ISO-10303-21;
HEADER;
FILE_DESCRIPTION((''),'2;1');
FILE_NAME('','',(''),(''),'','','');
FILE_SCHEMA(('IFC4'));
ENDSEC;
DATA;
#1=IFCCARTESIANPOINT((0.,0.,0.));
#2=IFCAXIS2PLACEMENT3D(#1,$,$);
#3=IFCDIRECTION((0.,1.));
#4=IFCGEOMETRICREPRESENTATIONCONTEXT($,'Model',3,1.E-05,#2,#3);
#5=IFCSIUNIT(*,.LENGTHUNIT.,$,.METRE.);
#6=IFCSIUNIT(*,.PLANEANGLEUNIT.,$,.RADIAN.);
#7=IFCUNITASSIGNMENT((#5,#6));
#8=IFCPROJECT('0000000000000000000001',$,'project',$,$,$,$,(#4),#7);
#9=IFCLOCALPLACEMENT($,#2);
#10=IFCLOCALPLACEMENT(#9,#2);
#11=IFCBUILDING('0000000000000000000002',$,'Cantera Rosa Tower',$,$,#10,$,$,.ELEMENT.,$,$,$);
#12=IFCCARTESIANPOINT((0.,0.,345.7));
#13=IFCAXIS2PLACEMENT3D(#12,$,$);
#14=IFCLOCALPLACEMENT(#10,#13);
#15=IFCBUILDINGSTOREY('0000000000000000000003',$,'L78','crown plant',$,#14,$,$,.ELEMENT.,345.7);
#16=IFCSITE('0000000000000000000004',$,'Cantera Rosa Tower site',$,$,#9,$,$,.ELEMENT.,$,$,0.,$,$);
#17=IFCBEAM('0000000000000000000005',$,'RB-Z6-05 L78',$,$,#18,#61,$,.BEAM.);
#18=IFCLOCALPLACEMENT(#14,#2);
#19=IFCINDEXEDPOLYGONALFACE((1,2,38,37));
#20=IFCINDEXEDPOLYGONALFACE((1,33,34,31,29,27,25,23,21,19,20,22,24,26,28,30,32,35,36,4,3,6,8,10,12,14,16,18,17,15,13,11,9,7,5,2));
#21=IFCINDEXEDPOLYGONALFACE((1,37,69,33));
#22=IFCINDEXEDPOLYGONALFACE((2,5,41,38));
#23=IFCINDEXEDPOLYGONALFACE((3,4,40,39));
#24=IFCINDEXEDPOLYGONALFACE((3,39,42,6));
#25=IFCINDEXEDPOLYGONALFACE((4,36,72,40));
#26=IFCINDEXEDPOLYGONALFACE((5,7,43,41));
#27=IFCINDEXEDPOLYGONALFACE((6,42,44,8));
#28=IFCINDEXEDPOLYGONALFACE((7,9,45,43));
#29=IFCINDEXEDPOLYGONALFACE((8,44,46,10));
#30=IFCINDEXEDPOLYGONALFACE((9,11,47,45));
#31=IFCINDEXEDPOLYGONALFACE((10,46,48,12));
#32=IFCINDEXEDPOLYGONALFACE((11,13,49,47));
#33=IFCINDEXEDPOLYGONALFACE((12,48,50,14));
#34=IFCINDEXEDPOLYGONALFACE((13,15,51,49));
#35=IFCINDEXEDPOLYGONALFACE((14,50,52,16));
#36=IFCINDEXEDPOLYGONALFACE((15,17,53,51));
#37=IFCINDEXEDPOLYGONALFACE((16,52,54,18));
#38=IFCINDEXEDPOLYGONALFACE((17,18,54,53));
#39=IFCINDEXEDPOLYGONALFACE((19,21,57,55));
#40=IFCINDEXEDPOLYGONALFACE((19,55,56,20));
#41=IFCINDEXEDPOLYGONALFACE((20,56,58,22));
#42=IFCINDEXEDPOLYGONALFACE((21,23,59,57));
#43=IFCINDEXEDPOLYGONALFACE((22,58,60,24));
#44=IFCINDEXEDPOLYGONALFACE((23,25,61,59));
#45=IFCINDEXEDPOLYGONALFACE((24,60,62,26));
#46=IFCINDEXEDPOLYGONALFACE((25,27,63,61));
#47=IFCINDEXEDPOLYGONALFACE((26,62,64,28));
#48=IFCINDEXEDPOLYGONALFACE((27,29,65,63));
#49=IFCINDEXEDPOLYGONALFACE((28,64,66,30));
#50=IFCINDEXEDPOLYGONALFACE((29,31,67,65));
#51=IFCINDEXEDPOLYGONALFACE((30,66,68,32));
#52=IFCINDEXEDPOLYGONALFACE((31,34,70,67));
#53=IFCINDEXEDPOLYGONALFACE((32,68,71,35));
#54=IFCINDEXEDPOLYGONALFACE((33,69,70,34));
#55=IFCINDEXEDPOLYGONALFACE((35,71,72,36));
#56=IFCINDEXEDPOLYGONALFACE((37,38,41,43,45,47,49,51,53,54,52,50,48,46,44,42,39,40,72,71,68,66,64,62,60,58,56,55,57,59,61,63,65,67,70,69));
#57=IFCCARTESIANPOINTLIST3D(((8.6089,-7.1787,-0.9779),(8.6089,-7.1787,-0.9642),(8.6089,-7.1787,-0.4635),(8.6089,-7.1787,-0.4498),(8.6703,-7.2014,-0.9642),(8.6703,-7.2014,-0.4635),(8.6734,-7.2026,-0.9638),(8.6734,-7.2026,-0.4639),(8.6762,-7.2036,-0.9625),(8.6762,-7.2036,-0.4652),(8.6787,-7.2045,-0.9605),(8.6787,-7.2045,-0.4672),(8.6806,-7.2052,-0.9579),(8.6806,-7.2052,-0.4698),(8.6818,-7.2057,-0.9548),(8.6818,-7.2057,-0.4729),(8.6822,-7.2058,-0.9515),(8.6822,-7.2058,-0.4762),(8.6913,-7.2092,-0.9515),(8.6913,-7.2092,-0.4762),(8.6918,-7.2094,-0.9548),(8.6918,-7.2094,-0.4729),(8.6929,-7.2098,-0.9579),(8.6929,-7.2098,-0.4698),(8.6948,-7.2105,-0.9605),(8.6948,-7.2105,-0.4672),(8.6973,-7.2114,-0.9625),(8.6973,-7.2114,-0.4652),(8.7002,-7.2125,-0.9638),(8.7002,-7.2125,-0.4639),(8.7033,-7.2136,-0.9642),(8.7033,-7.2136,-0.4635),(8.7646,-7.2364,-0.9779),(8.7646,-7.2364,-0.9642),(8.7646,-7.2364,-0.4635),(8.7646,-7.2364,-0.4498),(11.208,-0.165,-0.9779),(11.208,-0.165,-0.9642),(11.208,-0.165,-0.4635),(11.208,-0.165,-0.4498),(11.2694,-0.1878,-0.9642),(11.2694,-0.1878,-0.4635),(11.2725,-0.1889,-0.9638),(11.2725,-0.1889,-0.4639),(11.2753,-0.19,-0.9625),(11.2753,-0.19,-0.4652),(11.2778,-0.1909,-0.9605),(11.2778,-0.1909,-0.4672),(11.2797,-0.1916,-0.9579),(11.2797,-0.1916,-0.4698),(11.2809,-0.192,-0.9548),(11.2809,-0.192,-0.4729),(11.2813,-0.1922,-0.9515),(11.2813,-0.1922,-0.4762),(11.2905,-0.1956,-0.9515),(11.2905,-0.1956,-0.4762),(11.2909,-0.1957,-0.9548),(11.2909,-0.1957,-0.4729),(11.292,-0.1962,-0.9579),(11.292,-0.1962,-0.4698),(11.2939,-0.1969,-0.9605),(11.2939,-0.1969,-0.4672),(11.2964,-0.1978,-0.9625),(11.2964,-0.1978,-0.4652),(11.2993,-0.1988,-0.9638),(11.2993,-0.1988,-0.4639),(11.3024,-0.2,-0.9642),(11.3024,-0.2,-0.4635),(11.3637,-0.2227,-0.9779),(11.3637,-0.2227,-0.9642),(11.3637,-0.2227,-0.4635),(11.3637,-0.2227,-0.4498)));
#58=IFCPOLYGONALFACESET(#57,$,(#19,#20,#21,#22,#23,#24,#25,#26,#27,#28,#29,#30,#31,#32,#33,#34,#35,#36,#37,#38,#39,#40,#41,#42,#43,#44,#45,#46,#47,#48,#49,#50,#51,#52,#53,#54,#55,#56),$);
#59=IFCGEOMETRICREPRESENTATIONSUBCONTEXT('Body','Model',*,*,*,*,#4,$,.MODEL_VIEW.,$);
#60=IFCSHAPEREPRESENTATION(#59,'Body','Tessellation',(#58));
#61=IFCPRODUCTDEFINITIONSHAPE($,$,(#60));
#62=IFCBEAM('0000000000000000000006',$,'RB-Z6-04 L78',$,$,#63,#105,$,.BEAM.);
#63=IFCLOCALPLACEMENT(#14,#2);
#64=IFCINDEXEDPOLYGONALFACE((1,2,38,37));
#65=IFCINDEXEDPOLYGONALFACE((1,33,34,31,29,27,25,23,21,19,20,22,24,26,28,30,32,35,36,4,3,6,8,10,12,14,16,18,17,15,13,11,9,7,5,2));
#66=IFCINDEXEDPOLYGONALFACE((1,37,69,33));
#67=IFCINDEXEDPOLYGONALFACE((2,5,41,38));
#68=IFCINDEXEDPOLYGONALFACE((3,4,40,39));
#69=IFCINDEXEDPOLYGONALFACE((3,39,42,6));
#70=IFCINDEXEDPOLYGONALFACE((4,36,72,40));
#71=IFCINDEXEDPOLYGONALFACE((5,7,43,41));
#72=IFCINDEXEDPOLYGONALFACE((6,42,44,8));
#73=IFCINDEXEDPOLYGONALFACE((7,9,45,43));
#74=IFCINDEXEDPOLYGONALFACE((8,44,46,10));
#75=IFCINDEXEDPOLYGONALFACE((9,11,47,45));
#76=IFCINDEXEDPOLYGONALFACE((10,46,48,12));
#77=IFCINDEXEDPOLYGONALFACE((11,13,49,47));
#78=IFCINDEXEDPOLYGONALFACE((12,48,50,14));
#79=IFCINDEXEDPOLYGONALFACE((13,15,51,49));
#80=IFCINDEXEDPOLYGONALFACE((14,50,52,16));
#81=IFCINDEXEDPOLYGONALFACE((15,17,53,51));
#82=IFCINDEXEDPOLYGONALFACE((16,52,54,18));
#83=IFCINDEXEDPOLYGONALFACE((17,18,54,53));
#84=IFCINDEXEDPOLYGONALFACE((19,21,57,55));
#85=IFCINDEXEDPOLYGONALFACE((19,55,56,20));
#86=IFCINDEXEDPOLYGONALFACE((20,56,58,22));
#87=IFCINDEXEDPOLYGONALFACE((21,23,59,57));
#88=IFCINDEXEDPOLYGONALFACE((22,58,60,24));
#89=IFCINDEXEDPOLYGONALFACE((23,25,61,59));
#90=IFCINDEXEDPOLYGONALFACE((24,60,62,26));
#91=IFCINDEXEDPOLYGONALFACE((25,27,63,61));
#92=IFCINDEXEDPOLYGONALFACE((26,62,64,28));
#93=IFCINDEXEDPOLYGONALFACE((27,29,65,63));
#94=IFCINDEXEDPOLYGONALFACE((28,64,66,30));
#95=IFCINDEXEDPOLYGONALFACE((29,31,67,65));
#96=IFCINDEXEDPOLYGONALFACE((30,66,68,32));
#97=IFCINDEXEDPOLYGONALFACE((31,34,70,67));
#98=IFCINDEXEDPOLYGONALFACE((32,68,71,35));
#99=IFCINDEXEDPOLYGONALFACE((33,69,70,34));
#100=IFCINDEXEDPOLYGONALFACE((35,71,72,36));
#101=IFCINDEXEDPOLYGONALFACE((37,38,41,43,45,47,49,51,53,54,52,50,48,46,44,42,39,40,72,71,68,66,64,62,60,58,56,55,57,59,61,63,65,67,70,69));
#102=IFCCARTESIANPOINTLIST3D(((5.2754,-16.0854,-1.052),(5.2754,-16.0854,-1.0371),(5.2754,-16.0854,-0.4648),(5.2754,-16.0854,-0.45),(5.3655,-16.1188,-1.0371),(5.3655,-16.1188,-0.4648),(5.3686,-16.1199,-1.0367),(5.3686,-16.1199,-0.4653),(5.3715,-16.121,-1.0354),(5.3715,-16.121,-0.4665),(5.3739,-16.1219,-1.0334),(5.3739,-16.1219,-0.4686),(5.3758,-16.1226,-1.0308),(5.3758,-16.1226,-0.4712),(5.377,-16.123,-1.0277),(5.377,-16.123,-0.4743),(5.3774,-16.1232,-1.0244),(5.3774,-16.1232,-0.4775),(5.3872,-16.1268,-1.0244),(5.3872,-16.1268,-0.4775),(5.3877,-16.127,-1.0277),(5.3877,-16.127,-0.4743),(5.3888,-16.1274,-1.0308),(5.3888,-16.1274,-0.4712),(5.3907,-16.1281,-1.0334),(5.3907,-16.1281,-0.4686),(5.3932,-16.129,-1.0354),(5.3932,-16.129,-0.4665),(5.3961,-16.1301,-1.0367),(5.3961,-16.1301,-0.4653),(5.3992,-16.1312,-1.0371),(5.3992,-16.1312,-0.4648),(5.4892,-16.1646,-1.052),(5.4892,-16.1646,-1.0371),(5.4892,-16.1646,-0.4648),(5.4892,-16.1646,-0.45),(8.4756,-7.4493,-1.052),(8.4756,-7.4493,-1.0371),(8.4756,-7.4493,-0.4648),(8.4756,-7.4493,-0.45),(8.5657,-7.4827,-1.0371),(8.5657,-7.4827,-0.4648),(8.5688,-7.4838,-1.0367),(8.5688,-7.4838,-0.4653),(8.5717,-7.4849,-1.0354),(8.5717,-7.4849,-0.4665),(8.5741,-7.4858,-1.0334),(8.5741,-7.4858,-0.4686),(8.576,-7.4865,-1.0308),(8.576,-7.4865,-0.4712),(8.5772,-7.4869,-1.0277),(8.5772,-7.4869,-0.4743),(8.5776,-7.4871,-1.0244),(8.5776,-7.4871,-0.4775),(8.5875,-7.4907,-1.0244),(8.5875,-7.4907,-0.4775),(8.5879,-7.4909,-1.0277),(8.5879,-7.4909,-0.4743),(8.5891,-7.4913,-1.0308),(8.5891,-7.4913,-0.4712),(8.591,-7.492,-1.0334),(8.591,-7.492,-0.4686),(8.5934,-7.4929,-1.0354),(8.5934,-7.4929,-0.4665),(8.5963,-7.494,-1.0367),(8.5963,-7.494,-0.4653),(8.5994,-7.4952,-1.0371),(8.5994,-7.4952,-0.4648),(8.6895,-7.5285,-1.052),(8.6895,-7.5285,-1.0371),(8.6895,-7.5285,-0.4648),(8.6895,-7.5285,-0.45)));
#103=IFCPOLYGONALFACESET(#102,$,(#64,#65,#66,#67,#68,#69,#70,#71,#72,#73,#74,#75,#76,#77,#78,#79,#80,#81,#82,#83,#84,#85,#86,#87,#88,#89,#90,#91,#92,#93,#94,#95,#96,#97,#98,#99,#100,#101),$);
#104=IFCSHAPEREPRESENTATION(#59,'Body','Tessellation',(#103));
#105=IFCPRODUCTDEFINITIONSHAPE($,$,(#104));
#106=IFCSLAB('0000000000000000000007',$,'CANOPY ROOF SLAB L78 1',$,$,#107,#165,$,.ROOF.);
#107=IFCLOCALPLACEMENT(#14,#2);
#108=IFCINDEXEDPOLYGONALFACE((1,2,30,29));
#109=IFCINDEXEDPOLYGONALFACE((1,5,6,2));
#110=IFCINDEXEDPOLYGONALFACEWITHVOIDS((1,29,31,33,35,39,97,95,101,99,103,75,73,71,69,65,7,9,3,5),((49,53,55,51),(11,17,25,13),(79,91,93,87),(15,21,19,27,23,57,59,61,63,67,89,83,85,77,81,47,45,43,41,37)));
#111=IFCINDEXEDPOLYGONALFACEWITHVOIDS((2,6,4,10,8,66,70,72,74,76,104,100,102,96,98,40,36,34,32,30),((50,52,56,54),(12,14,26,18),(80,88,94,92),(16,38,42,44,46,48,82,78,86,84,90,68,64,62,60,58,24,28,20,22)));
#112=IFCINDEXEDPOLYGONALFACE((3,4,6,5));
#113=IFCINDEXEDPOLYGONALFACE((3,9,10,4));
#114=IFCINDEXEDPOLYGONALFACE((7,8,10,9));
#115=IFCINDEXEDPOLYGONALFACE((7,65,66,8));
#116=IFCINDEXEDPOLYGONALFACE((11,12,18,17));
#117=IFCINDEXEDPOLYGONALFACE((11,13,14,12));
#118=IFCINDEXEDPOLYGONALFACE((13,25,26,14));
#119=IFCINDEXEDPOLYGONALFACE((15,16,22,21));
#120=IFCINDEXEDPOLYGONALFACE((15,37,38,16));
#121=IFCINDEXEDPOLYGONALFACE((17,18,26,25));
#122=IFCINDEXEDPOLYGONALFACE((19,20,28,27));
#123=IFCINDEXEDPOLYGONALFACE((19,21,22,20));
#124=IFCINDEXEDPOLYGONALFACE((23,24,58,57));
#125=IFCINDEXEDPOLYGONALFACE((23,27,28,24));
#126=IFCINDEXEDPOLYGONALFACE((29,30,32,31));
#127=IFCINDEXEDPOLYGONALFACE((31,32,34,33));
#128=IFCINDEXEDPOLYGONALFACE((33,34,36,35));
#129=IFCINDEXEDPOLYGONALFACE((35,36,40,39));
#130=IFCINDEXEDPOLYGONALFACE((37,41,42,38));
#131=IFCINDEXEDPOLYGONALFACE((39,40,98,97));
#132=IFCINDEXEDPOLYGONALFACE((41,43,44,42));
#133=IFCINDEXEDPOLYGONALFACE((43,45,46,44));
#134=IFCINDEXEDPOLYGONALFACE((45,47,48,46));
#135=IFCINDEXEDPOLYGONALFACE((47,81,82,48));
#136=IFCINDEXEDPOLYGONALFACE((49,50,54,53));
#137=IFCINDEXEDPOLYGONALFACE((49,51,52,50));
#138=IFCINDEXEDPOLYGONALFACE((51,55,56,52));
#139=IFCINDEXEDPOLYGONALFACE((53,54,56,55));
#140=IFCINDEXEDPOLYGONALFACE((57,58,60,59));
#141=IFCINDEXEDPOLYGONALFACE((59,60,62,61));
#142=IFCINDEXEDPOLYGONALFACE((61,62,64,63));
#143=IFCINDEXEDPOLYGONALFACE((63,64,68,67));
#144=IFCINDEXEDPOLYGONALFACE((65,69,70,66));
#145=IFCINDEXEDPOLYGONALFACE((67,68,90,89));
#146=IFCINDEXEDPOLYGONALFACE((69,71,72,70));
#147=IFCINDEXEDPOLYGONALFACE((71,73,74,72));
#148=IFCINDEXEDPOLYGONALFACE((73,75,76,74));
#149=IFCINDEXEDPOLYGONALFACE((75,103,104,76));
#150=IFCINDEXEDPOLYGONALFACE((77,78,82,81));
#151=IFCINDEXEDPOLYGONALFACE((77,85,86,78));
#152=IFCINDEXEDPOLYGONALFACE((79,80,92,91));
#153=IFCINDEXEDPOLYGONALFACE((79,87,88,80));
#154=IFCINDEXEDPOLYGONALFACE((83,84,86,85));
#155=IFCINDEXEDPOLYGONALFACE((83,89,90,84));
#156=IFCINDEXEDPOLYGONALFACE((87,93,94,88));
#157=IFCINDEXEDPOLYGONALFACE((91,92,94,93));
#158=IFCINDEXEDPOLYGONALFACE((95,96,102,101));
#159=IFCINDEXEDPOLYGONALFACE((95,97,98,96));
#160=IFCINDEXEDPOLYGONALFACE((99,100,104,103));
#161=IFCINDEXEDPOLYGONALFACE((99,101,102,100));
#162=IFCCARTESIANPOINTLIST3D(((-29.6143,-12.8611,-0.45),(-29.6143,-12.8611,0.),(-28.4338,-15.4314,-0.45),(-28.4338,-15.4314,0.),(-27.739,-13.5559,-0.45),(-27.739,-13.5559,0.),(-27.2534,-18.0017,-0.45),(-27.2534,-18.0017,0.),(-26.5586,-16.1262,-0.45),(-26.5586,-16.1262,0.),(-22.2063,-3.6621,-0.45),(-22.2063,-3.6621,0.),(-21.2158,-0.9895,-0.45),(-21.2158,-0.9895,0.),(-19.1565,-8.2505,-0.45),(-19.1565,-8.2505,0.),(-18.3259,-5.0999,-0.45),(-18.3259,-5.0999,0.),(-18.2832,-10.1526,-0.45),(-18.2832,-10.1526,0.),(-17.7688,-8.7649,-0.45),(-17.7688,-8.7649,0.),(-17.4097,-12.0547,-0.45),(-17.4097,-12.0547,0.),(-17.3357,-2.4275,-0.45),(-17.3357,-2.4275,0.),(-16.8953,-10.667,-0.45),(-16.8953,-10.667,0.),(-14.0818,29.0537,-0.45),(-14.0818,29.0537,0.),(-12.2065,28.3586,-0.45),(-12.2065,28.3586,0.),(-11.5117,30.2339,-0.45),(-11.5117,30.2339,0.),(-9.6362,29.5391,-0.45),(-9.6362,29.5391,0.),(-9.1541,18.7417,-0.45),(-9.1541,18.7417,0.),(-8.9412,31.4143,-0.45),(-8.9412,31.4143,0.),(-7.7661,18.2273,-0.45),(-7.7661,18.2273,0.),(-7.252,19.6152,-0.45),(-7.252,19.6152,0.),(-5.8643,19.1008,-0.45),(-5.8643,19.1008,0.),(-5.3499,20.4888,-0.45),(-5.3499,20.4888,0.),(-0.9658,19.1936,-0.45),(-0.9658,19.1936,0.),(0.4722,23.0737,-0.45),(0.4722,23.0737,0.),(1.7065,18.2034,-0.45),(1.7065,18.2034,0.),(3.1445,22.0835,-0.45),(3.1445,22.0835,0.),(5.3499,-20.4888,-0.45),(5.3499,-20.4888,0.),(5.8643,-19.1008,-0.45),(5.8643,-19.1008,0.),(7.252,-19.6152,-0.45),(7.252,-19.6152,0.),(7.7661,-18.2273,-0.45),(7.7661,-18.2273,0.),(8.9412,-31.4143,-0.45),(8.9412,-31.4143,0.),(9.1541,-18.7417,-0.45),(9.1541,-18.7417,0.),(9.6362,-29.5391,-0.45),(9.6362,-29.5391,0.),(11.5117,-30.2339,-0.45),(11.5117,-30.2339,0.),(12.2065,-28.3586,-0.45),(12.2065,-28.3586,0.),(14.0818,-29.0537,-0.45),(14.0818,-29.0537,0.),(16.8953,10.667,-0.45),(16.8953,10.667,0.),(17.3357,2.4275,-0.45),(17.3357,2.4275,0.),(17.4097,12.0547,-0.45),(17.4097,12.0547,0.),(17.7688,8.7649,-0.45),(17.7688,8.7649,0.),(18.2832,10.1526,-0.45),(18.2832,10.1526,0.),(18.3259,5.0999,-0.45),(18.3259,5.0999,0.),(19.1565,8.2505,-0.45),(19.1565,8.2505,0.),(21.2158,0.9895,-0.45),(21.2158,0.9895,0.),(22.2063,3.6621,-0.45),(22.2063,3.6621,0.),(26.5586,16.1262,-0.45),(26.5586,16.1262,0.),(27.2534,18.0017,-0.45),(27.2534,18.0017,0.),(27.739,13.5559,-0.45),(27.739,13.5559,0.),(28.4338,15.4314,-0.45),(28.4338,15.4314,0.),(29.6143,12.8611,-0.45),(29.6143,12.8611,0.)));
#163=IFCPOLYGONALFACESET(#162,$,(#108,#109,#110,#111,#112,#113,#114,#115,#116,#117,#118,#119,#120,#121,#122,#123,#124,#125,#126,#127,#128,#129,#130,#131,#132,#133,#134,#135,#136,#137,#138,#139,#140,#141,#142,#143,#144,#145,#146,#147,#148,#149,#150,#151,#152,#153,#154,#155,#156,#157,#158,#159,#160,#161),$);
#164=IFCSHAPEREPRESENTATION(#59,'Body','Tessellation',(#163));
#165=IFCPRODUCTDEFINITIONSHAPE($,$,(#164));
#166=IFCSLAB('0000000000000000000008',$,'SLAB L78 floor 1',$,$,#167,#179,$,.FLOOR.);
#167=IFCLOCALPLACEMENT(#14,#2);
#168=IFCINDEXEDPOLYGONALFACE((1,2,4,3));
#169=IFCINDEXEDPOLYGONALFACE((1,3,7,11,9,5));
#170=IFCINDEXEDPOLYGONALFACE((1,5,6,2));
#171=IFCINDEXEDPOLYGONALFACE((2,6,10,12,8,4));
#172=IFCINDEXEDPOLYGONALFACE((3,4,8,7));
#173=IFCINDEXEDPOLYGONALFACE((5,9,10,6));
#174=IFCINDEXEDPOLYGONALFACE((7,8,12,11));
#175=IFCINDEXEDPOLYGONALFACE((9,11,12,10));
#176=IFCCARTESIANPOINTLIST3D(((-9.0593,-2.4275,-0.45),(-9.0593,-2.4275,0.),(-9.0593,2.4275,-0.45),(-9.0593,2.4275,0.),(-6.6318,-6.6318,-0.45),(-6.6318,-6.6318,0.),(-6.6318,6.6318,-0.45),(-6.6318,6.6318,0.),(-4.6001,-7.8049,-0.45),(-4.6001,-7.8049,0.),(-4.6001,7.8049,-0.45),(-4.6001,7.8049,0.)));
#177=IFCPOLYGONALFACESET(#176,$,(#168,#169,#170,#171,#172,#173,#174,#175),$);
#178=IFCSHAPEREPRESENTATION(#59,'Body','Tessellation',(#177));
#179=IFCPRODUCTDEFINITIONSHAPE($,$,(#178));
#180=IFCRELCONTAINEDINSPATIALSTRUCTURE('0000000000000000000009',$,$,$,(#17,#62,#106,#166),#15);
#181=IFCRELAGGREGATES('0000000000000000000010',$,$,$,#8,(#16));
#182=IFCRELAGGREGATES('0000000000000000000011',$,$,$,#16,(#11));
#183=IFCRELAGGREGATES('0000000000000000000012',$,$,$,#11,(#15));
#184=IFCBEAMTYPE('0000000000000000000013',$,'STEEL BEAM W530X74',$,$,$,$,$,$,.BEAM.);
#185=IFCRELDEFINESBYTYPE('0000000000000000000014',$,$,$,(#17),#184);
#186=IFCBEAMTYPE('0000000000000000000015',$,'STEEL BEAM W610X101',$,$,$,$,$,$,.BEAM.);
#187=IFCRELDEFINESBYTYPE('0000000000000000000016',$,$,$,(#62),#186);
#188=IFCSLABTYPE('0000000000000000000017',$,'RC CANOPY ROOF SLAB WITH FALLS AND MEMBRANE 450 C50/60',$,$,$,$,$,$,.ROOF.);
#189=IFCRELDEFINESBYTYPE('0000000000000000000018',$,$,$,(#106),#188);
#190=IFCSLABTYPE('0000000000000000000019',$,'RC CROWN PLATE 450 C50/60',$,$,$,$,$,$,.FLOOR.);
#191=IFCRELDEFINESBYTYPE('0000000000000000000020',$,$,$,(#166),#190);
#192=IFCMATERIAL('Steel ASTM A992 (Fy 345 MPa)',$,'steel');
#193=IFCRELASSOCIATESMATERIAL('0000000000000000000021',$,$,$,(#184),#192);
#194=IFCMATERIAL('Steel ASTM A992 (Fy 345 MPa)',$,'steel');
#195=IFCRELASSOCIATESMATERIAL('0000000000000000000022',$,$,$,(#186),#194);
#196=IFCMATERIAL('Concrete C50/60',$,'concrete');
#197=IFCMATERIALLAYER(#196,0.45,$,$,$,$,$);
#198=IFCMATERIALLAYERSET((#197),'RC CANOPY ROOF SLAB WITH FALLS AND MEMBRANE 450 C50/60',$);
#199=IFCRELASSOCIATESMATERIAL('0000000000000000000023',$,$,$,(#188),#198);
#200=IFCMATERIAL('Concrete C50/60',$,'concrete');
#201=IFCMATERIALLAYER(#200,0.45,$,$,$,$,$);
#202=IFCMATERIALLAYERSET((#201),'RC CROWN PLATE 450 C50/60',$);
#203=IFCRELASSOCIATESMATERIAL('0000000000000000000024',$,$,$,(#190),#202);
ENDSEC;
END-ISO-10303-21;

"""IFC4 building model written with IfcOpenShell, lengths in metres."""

from ifc_helpers import new_model, si_unit, direction, frame, origin, origin_2d, place, context, subcontext, project, spatial, polyline, i_section, outline, extrude, material, layer, layer_set, material_profile, profile_set, type_object, element, save


model = new_model("IFC4")

# Units and contexts
model_context = context("Model", 3, precision=1e-05, world=origin(), true_north=direction((0.0, 1.0)))
body_context = subcontext(model_context, "Body", "Model", "MODEL_VIEW")
ifc_project = project(units=[si_unit("LENGTHUNIT", "METRE"), si_unit("PLANEANGLEUNIT", "RADIAN")], contexts=[model_context])

# Site, building, storey
site_placement = place(None, origin())
site = spatial("IfcSite", under=ifc_project, at=site_placement, Name="Cantera Rosa Tower site", CompositionType="ELEMENT", RefElevation=0.0)
building_placement = place(site_placement, origin())
building = spatial("IfcBuilding", under=site, at=building_placement, Name="Cantera Rosa Tower", CompositionType="ELEMENT")
storey_placement = place(building_placement, frame((0.0, 0.0, 345.7)))
storey = spatial("IfcBuildingStorey", under=building, at=storey_placement, Name="L78", Description="crown plant", CompositionType="ELEMENT", Elevation=345.7)

# Beams
ifc_material_1 = material(Name="Steel ASTM A992 (Fy 345 MPa)", Category="steel")
ifc_material_profile_1 = material_profile(ifc_material_1, i_section(OverallWidth=0.166, OverallDepth=0.5281, WebThickness=0.0098, FlangeThickness=0.0137, FilletRadius=0.0127, at=origin_2d()), Name="W530X74")
ifc_profile_set_1 = profile_set([ifc_material_profile_1], Name="Steel ASTM A992 (Fy 345 MPa)")
beam_type_1 = type_object("IfcBeamType", Name="STEEL BEAM W530X74", PredefinedType="BEAM", material=ifc_profile_set_1)
beam_1_placement = place(storey_placement, frame((8.6868, -7.2075, -0.7139), z_axis=(0.347487, 0.937685, 0.0), x_axis=(-0.937685, 0.347487, 0.0)))
element("IfcBeam", 1, at=beam_1_placement, inside=storey, type_object=beam_type_1, Name="RB-Z6-05 L78", PredefinedType="BEAM", context=body_context, shape_type="SweptSolid", body=[
    extrude(i_section(OverallWidth=0.166, OverallDepth=0.5281, WebThickness=0.0098, FlangeThickness=0.0137, FilletRadius=0.0127, at=origin_2d()), origin(), (0.0, 0.0, 1.0), 7.4797),
])
ifc_material_2 = material(Name="Steel ASTM A992 (Fy 345 MPa)", Category="steel")
ifc_material_profile_2 = material_profile(ifc_material_2, i_section(OverallWidth=0.228, OverallDepth=0.6021, WebThickness=0.0105, FlangeThickness=0.0149, FilletRadius=0.0127, at=origin_2d()), Name="W610X101")
ifc_profile_set_2 = profile_set([ifc_material_profile_2], Name="Steel ASTM A992 (Fy 345 MPa)")
beam_type_2 = type_object("IfcBeamType", Name="STEEL BEAM W610X101", PredefinedType="BEAM", material=ifc_profile_set_2)
beam_2_placement = place(storey_placement, frame((5.3823, -16.125, -0.751), z_axis=(0.347475, 0.937689, 0.0), x_axis=(-0.937689, 0.347475, 0.0)))
element("IfcBeam", 2, at=beam_2_placement, inside=storey, type_object=beam_type_2, Name="RB-Z6-04 L78", PredefinedType="BEAM", context=body_context, shape_type="SweptSolid", body=[
    extrude(i_section(OverallWidth=0.228, OverallDepth=0.6021, WebThickness=0.0105, FlangeThickness=0.0149, FilletRadius=0.0127, at=origin_2d()), origin(), (0.0, 0.0, 1.0), 9.21),
])

# Slabs
ifc_material_3 = material(Name="Concrete C50/60", Category="concrete")
ifc_layer_1 = layer(ifc_material_3, 0.45)
ifc_layer_set_1 = layer_set([ifc_layer_1], Name="RC CANOPY ROOF SLAB WITH FALLS AND MEMBRANE 450 C50/60")
slab_type_1 = type_object("IfcSlabType", Name="RC CANOPY ROOF SLAB WITH FALLS AND MEMBRANE 450 C50/60", PredefinedType="ROOF", material=ifc_layer_set_1)
slab_1_placement = place(storey_placement, frame((0.0, 0.0, -0.45)))
element("IfcSlab", 3, at=slab_1_placement, inside=storey, type_object=slab_type_1, Name="CANOPY ROOF SLAB L78 1", PredefinedType="ROOF", context=body_context, shape_type="SweptSolid", body=[
    extrude(outline(polyline([(-12.2065, 28.3586), (-11.5117, 30.2339), (-9.6362, 29.5391), (-8.9412, 31.4143), (27.2534, 18.0017), (26.5586, 16.1262), (28.4338, 15.4314), (27.739, 13.5559), (29.6143, 12.8611), (14.0818, -29.0537), (12.2065, -28.3586), (11.5117, -30.2339), (9.6362, -29.5391), (8.9412, -31.4143), (-27.2534, -18.0017), (-26.5586, -16.1262), (-28.4338, -15.4314), (-27.739, -13.5559), (-29.6143, -12.8611), (-14.0818, 29.0537), (-12.2065, 28.3586)]), holes=[polyline([(-7.252, 19.6152), (-7.7661, 18.2273), (-9.1541, 18.7417), (-19.1565, -8.2505), (-17.7688, -8.7649), (-18.2832, -10.1526), (-16.8953, -10.667), (-17.4097, -12.0547), (5.3499, -20.4888), (5.8643, -19.1008), (7.252, -19.6152), (7.7661, -18.2273), (9.1541, -18.7417), (19.1565, 8.2505), (17.7688, 8.7649), (18.2832, 10.1526), (16.8953, 10.667), (17.4097, 12.0547), (-5.3499, 20.4888), (-5.8643, 19.1008), (-7.252, 19.6152)]), polyline([(-22.2063, -3.6621), (-18.3259, -5.0999), (-17.3357, -2.4275), (-21.2158, -0.9895), (-22.2063, -3.6621)]), polyline([(22.2063, 3.6621), (18.3259, 5.0999), (17.3357, 2.4275), (21.2158, 0.9895), (22.2063, 3.6621)]), polyline([(0.4722, 23.0737), (-0.9658, 19.1936), (1.7065, 18.2034), (3.1445, 22.0835), (0.4722, 23.0737)])]), origin(), (0.0, 0.0, 1.0), 0.45),
])
ifc_material_4 = material(Name="Concrete C50/60", Category="concrete")
ifc_layer_2 = layer(ifc_material_4, 0.45)
ifc_layer_set_2 = layer_set([ifc_layer_2], Name="RC CROWN PLATE 450 C50/60")
slab_type_2 = type_object("IfcSlabType", Name="RC CROWN PLATE 450 C50/60", PredefinedType="FLOOR", material=ifc_layer_set_2)
slab_2_placement = place(storey_placement, frame((0.0, 0.0, -0.45)))
element("IfcSlab", 4, at=slab_2_placement, inside=storey, type_object=slab_type_2, Name="SLAB L78 floor 1", PredefinedType="FLOOR", context=body_context, shape_type="SweptSolid", body=[
    extrude(outline(polyline([(-4.6001, 7.8049), (-4.6001, -7.8049), (-6.6318, -6.6318), (-9.0593, -2.4275), (-9.0593, 2.4275), (-6.6318, 6.6318), (-4.6001, 7.8049)])), origin(), (0.0, 0.0, 1.0), 0.45),
])

save(model, "model.ifc")
